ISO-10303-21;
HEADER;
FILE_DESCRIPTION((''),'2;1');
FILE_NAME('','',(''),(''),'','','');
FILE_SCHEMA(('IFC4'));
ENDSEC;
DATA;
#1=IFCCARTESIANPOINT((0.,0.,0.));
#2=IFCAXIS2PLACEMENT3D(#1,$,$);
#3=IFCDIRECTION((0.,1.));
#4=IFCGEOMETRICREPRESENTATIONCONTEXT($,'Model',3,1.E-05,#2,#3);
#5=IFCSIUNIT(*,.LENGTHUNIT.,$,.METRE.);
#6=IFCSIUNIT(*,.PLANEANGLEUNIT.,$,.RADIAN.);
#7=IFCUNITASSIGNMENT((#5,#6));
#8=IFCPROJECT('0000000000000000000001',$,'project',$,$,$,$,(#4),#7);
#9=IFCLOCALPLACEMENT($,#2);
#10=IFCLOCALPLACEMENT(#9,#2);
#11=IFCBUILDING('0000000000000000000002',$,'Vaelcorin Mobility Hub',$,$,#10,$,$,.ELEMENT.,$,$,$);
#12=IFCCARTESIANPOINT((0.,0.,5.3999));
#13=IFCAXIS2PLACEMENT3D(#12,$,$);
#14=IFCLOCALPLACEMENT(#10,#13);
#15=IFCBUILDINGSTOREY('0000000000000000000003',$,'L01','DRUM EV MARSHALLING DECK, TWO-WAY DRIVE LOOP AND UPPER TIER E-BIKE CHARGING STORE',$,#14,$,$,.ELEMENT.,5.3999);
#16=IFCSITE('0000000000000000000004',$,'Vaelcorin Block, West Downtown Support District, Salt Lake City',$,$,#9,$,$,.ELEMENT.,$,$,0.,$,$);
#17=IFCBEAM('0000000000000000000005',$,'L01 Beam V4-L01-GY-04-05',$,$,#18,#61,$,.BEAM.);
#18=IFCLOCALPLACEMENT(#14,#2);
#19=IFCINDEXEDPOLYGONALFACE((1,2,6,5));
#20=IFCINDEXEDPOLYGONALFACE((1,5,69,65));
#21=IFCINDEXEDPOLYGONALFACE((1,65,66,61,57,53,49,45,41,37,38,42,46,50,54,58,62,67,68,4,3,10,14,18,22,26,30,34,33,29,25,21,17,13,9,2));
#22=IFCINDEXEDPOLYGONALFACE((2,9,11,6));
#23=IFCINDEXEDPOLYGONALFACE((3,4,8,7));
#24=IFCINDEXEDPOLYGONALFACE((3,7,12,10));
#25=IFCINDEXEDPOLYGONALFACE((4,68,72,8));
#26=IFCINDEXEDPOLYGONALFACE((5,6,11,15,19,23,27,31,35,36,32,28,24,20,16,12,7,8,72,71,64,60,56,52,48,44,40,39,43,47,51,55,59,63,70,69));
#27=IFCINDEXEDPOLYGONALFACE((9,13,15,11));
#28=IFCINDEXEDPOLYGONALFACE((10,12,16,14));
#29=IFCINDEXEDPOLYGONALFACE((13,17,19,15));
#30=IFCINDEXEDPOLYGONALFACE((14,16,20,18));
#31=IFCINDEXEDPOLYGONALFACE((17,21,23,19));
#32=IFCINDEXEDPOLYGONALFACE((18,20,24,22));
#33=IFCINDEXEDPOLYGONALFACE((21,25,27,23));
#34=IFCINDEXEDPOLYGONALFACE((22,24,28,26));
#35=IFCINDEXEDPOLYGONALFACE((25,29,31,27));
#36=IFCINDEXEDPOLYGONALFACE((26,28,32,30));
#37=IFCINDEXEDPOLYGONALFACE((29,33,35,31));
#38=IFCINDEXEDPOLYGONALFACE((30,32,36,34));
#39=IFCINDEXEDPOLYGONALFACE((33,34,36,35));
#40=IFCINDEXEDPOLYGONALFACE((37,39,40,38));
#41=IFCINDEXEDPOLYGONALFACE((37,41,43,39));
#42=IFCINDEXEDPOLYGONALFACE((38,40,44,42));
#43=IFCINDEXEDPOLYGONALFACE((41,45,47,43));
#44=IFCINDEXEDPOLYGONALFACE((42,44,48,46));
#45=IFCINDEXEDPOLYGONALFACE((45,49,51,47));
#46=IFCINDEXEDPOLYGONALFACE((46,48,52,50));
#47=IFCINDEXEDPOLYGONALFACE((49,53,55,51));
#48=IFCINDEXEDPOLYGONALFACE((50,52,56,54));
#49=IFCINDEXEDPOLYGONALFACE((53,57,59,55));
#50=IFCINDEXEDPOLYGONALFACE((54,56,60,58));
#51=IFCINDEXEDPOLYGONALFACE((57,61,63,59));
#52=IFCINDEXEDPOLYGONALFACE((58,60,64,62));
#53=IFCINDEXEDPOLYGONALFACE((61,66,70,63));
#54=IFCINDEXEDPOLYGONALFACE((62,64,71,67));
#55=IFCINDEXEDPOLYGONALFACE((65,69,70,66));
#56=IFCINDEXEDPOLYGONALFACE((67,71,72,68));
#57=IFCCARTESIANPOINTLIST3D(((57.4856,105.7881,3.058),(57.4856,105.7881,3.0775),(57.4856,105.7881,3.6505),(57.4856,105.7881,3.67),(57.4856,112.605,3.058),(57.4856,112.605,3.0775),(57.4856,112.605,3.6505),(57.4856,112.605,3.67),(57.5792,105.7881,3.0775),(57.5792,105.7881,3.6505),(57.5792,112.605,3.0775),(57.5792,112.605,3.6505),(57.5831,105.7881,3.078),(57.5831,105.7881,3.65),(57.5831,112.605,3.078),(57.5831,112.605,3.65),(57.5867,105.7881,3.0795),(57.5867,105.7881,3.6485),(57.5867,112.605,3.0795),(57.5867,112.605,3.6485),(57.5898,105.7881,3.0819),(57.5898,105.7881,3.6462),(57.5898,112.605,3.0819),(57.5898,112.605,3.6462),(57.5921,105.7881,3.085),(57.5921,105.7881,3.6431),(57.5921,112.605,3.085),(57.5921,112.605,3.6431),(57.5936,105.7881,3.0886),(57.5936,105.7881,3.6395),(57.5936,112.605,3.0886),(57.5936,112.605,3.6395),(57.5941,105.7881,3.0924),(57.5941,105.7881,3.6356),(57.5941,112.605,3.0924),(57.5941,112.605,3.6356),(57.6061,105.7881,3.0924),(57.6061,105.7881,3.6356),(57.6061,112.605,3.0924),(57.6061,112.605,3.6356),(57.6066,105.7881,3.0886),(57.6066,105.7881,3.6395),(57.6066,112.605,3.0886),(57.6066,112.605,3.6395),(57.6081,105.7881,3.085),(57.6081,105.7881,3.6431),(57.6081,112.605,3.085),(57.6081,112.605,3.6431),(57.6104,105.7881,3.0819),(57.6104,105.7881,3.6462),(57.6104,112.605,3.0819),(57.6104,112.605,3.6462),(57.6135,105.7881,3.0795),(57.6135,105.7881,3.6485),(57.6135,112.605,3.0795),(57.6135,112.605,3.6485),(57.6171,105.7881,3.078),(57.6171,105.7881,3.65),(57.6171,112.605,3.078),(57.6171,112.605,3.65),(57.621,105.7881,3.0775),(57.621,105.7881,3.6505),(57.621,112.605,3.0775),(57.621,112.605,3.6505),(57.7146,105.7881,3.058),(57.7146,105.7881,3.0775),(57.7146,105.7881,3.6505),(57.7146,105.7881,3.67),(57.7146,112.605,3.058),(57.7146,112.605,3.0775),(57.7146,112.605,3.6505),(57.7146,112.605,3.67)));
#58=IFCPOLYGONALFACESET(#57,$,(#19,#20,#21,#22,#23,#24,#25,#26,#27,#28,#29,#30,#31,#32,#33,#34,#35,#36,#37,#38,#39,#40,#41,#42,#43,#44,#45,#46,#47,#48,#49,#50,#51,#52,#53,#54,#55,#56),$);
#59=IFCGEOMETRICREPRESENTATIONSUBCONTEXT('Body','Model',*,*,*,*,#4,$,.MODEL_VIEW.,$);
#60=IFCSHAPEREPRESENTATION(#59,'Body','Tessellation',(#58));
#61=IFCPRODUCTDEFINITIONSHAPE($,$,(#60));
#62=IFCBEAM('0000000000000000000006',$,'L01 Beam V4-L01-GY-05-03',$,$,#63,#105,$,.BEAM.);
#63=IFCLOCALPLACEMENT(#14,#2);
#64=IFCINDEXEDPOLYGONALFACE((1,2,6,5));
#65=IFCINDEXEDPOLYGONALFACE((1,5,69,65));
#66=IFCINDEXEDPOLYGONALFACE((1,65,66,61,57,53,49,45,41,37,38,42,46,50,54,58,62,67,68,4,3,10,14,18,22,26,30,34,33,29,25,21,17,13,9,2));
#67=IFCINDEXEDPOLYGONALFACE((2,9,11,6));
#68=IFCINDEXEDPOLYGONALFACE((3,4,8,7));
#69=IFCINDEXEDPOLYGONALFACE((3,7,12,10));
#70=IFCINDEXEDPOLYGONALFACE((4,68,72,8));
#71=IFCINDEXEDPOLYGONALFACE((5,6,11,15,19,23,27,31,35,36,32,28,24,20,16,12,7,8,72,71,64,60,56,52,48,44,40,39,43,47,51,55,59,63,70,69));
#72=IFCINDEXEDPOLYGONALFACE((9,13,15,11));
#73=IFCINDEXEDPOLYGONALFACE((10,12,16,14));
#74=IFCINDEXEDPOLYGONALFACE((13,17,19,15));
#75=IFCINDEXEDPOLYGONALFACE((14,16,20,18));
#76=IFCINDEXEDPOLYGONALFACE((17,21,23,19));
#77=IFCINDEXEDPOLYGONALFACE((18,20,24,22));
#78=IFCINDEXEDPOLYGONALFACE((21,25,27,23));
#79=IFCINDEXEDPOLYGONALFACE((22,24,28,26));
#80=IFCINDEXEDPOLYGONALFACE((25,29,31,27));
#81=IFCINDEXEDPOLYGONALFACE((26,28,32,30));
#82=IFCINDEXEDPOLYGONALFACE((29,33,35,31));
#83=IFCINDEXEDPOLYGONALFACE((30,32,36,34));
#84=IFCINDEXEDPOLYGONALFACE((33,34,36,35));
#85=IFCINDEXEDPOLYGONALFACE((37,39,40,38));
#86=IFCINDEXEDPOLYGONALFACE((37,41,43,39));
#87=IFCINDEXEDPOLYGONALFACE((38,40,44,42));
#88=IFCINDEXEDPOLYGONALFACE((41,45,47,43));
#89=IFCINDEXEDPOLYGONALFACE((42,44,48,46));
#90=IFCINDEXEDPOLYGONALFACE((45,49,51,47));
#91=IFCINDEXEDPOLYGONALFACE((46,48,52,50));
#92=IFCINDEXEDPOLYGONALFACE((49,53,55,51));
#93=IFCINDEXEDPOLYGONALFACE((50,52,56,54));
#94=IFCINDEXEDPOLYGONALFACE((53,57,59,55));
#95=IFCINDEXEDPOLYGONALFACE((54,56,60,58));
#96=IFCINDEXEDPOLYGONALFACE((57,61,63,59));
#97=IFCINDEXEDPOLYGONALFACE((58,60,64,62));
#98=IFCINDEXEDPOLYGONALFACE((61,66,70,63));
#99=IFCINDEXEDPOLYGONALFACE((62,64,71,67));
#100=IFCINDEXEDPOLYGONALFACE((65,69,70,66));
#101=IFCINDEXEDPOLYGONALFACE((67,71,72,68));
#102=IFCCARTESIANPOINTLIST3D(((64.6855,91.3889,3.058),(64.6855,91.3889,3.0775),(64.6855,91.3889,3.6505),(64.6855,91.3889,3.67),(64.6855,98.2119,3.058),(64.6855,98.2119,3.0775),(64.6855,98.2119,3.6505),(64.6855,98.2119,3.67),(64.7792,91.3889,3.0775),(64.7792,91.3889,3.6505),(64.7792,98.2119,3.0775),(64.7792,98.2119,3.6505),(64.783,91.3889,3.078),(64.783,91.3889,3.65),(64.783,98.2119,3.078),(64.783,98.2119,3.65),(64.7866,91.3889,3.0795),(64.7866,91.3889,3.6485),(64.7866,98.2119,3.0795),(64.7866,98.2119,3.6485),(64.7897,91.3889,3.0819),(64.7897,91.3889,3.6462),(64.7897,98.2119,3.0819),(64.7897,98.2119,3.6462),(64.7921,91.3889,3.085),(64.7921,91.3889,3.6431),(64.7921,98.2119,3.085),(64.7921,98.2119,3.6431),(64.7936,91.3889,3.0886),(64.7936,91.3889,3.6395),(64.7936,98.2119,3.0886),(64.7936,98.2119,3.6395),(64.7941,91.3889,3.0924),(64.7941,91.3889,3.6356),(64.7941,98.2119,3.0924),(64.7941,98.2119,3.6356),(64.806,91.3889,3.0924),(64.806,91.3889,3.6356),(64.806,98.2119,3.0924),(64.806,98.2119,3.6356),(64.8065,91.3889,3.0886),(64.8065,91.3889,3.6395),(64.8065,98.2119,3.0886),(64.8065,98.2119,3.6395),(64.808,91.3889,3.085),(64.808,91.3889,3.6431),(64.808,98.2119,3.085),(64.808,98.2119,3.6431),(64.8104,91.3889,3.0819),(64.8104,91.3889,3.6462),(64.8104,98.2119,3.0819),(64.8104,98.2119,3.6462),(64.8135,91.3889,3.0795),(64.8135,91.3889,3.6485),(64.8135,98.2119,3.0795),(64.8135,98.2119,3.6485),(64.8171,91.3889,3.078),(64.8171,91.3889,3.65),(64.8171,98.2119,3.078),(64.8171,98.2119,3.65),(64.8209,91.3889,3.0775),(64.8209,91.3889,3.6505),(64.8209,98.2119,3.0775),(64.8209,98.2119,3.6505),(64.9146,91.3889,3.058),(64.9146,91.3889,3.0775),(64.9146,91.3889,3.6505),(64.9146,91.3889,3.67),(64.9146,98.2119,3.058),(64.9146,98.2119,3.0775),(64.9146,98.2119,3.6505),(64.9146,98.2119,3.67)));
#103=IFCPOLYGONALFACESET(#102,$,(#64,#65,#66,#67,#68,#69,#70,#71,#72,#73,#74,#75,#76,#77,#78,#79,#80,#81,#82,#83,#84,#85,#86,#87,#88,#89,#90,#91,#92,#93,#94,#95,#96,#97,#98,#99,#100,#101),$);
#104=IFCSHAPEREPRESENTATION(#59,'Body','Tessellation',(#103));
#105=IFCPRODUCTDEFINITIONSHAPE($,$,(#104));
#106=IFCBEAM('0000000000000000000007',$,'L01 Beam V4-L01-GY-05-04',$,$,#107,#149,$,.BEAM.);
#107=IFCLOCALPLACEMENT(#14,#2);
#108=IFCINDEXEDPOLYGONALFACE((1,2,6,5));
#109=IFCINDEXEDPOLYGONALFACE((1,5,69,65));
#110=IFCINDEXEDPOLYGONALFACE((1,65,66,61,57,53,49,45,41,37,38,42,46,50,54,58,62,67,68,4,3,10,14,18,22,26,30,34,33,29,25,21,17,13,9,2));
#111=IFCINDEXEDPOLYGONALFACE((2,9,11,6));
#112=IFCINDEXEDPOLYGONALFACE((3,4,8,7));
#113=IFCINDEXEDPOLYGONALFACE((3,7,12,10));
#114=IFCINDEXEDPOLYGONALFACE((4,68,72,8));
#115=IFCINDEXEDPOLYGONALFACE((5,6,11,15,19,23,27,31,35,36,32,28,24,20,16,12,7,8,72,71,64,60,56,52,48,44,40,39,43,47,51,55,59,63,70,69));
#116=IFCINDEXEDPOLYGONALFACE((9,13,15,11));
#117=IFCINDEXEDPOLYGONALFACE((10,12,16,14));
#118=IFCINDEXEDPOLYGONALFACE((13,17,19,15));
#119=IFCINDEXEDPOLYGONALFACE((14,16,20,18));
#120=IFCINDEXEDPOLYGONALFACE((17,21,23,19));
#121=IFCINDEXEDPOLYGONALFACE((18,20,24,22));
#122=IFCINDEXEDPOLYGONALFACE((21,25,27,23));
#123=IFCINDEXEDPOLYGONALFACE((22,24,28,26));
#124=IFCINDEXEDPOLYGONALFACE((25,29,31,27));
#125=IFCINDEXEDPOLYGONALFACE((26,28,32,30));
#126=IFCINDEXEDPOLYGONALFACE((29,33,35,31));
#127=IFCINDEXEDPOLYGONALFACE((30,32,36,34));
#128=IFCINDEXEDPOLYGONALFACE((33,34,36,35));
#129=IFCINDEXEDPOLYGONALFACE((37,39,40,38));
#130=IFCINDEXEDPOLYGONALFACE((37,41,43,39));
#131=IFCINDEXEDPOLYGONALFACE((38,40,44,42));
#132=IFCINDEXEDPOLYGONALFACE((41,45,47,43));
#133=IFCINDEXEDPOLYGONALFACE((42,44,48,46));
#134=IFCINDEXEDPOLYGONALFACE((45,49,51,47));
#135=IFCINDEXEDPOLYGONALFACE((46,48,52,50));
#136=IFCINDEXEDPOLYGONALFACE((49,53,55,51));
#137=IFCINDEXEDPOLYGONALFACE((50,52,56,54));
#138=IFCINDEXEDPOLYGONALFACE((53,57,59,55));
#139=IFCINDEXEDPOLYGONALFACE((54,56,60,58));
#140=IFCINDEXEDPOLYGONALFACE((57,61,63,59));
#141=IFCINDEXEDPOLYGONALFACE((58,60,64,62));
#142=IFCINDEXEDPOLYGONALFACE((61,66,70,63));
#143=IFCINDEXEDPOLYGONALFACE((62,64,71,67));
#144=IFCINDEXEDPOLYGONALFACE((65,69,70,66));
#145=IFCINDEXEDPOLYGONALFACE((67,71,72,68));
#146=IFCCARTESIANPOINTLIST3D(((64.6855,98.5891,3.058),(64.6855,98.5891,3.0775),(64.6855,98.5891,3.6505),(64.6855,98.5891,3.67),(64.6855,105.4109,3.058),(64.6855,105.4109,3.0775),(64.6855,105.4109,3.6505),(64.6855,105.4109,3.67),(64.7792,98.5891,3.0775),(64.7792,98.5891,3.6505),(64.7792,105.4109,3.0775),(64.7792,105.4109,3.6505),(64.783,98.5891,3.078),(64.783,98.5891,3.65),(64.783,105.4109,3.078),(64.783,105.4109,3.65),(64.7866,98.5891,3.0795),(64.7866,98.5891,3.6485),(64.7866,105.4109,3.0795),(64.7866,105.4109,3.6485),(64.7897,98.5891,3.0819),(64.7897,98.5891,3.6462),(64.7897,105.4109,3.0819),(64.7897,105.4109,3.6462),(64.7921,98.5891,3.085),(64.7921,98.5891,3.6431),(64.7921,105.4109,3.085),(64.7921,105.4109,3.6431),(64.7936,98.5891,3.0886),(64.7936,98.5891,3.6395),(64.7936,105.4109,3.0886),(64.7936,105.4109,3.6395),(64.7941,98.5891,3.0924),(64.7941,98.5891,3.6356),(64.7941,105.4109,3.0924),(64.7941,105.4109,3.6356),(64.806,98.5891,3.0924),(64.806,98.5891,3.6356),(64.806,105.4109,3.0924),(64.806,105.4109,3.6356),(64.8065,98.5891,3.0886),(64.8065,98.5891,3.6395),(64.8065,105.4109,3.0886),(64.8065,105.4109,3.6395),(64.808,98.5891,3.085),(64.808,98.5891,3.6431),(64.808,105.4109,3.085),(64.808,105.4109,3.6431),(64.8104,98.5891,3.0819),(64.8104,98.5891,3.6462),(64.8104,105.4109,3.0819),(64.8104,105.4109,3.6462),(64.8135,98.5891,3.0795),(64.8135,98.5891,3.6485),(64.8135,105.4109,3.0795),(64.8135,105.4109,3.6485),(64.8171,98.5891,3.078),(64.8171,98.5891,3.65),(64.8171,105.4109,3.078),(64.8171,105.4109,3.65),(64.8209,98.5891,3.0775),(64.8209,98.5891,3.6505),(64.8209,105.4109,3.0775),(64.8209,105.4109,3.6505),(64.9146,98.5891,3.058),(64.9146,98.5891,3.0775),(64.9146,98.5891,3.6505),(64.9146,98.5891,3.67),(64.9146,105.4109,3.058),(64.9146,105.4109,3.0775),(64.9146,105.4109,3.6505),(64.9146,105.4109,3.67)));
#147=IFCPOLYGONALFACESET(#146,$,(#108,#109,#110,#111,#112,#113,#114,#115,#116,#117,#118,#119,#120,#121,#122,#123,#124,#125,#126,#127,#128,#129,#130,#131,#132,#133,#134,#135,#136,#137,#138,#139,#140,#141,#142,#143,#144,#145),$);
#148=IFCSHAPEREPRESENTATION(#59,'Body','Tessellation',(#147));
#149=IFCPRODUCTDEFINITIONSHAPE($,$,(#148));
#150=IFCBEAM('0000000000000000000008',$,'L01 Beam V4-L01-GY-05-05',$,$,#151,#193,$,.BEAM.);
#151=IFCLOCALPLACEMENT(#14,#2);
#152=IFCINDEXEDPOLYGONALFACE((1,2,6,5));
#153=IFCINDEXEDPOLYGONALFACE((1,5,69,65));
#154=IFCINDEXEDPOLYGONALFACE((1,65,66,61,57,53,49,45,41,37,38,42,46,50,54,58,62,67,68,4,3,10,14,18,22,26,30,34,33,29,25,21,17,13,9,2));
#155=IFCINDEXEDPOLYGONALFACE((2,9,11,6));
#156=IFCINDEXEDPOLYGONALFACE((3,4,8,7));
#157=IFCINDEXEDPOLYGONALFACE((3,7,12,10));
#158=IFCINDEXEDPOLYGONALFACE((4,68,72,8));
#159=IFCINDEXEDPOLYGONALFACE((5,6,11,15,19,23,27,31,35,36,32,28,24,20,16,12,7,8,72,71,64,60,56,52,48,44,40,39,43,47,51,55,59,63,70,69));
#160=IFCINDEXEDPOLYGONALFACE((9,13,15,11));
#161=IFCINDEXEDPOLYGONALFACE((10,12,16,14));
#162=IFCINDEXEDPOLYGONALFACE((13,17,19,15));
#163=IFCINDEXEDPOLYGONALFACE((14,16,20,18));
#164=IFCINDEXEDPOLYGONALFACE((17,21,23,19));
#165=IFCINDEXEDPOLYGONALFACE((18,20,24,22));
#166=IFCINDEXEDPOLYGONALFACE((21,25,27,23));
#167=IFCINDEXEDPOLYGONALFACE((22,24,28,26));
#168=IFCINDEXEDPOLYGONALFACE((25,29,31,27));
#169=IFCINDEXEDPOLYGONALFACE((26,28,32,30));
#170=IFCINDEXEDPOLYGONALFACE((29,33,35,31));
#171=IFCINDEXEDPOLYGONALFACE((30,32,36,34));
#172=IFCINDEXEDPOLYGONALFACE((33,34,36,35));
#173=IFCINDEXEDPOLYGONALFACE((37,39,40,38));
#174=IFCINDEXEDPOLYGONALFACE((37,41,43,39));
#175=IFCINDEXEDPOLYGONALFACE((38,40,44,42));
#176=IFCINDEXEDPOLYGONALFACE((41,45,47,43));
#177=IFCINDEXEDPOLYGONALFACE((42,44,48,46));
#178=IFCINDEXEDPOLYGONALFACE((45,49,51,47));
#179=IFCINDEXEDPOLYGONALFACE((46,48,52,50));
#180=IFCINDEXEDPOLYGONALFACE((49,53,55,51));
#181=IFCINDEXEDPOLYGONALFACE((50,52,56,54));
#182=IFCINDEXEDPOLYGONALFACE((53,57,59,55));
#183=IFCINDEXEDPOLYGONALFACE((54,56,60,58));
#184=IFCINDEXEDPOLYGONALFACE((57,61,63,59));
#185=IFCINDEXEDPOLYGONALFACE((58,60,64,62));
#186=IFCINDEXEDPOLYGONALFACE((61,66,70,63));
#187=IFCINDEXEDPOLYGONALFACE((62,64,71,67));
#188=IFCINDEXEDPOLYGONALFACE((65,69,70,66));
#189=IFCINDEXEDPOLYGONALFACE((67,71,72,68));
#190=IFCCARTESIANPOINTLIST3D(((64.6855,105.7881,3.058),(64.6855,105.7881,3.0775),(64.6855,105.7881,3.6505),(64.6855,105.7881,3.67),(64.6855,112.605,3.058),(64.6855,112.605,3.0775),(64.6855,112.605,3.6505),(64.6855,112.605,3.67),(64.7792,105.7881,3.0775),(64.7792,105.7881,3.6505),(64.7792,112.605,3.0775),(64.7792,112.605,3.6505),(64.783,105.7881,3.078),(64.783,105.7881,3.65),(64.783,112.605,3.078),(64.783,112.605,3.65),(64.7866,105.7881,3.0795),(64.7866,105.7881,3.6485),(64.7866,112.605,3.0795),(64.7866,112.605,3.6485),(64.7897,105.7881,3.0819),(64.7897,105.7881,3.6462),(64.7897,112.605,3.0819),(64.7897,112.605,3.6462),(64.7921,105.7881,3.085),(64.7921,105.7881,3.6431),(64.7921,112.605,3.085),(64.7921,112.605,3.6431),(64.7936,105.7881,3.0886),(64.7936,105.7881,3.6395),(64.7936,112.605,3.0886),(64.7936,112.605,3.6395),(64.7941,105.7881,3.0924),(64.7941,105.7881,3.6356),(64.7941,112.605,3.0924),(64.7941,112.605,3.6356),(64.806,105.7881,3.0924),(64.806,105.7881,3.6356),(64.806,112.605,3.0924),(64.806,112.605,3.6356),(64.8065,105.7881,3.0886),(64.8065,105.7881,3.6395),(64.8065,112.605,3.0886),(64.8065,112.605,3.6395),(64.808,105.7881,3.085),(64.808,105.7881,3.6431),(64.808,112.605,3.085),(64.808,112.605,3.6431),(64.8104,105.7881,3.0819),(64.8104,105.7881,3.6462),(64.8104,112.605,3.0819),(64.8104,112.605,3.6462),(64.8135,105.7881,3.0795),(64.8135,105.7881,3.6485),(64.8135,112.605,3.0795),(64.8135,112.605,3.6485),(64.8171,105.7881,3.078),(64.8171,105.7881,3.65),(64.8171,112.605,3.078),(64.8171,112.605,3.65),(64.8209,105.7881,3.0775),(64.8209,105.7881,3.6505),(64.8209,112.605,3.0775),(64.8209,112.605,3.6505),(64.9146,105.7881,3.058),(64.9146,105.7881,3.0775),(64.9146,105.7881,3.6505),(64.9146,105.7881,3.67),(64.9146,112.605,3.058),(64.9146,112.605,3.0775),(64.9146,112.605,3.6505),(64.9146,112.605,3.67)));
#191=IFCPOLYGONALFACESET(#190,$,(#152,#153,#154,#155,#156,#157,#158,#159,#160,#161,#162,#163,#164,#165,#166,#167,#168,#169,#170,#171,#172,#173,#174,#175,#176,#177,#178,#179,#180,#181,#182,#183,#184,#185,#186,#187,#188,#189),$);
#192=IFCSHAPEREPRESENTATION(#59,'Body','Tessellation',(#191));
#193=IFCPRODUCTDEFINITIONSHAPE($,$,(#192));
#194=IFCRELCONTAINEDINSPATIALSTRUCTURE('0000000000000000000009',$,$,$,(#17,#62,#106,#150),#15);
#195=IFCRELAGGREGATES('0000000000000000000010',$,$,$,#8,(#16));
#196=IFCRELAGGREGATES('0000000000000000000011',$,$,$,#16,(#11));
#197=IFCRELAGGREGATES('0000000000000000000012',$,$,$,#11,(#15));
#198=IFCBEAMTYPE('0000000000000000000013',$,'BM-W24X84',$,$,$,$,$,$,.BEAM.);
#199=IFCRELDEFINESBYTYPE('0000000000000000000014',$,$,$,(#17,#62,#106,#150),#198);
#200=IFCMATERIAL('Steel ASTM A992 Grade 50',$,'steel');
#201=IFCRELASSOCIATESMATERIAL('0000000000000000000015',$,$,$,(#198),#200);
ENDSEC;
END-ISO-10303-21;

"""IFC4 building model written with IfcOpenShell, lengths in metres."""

from ifc_helpers import new_model, si_unit, direction, frame, origin, origin_2d, place, context, subcontext, project, spatial, i_section, extrude, material, material_profile, profile_set, type_object, element, save


model = new_model("IFC4")

# Units and contexts
model_context = context("Model", 3, precision=1e-05, world=origin(), true_north=direction((0.0, 1.0)))
body_context = subcontext(model_context, "Body", "Model", "MODEL_VIEW")
ifc_project = project(units=[si_unit("LENGTHUNIT", "METRE"), si_unit("PLANEANGLEUNIT", "RADIAN")], contexts=[model_context])

# Site, building, storey
site_placement = place(None, origin())
site = spatial("IfcSite", under=ifc_project, at=site_placement, Name="Vaelcorin Block, West Downtown Support District, Salt Lake City", CompositionType="ELEMENT", RefElevation=0.0)
building_placement = place(site_placement, origin())
building = spatial("IfcBuilding", under=site, at=building_placement, Name="Vaelcorin Mobility Hub", CompositionType="ELEMENT")
storey_placement = place(building_placement, frame((0.0, 0.0, 5.3999)))
storey = spatial("IfcBuildingStorey", under=building, at=storey_placement, Name="L01", Description="DRUM EV MARSHALLING DECK, TWO-WAY DRIVE LOOP AND UPPER TIER E-BIKE CHARGING STORE", CompositionType="ELEMENT", Elevation=5.3999)

# Shared definitions
ifc_material_1 = material(Name="Steel ASTM A992 Grade 50", Category="steel")

# Beams
ifc_material_profile_1 = material_profile(ifc_material_1, i_section(OverallWidth=0.229, OverallDepth=0.6121, WebThickness=0.012, FlangeThickness=0.0195, FilletRadius=0.0149, at=origin_2d()), Name="W24X84")
ifc_profile_set_1 = profile_set([ifc_material_profile_1], Name="Steel ASTM A992 Grade 50")
beam_type_1 = type_object("IfcBeamType", Name="BM-W24X84", PredefinedType="BEAM", material=ifc_profile_set_1)
beam_1_placement = place(storey_placement, frame((57.6001, 105.7881, 3.364), z_axis=(0.0, 1.0, 0.0), x_axis=(-1.0, 0.0, 0.0)))
element("IfcBeam", 1, at=beam_1_placement, inside=storey, type_object=beam_type_1, Name="L01 Beam V4-L01-GY-04-05", PredefinedType="BEAM", context=body_context, shape_type="SweptSolid", body=[
    extrude(i_section(OverallWidth=0.229, OverallDepth=0.6121, WebThickness=0.012, FlangeThickness=0.0195, FilletRadius=0.0149, at=origin_2d()), origin(), (0.0, 0.0, 1.0), 6.8169),
])
beam_2_placement = place(storey_placement, frame((64.8, 91.3889, 3.364), z_axis=(0.0, 1.0, 0.0), x_axis=(-1.0, 0.0, 0.0)))
element("IfcBeam", 2, at=beam_2_placement, inside=storey, type_object=beam_type_1, Name="L01 Beam V4-L01-GY-05-03", PredefinedType="BEAM", context=body_context, shape_type="SweptSolid", body=[
    extrude(i_section(OverallWidth=0.229, OverallDepth=0.6121, WebThickness=0.012, FlangeThickness=0.0195, FilletRadius=0.0149, at=origin_2d()), origin(), (0.0, 0.0, 1.0), 6.823),
])
beam_3_placement = place(storey_placement, frame((64.8, 98.5891, 3.364), z_axis=(0.0, 1.0, 0.0), x_axis=(-1.0, 0.0, 0.0)))
element("IfcBeam", 3, at=beam_3_placement, inside=storey, type_object=beam_type_1, Name="L01 Beam V4-L01-GY-05-04", PredefinedType="BEAM", context=body_context, shape_type="SweptSolid", body=[
    extrude(i_section(OverallWidth=0.229, OverallDepth=0.6121, WebThickness=0.012, FlangeThickness=0.0195, FilletRadius=0.0149, at=origin_2d()), origin(), (0.0, 0.0, 1.0), 6.8218),
])
beam_4_placement = place(storey_placement, frame((64.8, 105.7881, 3.364), z_axis=(0.0, 1.0, 0.0), x_axis=(-1.0, 0.0, 0.0)))
element("IfcBeam", 4, at=beam_4_placement, inside=storey, type_object=beam_type_1, Name="L01 Beam V4-L01-GY-05-05", PredefinedType="BEAM", context=body_context, shape_type="SweptSolid", body=[
    extrude(i_section(OverallWidth=0.229, OverallDepth=0.6121, WebThickness=0.012, FlangeThickness=0.0195, FilletRadius=0.0149, at=origin_2d()), origin(), (0.0, 0.0, 1.0), 6.8169),
])

save(model, "model.ifc")
